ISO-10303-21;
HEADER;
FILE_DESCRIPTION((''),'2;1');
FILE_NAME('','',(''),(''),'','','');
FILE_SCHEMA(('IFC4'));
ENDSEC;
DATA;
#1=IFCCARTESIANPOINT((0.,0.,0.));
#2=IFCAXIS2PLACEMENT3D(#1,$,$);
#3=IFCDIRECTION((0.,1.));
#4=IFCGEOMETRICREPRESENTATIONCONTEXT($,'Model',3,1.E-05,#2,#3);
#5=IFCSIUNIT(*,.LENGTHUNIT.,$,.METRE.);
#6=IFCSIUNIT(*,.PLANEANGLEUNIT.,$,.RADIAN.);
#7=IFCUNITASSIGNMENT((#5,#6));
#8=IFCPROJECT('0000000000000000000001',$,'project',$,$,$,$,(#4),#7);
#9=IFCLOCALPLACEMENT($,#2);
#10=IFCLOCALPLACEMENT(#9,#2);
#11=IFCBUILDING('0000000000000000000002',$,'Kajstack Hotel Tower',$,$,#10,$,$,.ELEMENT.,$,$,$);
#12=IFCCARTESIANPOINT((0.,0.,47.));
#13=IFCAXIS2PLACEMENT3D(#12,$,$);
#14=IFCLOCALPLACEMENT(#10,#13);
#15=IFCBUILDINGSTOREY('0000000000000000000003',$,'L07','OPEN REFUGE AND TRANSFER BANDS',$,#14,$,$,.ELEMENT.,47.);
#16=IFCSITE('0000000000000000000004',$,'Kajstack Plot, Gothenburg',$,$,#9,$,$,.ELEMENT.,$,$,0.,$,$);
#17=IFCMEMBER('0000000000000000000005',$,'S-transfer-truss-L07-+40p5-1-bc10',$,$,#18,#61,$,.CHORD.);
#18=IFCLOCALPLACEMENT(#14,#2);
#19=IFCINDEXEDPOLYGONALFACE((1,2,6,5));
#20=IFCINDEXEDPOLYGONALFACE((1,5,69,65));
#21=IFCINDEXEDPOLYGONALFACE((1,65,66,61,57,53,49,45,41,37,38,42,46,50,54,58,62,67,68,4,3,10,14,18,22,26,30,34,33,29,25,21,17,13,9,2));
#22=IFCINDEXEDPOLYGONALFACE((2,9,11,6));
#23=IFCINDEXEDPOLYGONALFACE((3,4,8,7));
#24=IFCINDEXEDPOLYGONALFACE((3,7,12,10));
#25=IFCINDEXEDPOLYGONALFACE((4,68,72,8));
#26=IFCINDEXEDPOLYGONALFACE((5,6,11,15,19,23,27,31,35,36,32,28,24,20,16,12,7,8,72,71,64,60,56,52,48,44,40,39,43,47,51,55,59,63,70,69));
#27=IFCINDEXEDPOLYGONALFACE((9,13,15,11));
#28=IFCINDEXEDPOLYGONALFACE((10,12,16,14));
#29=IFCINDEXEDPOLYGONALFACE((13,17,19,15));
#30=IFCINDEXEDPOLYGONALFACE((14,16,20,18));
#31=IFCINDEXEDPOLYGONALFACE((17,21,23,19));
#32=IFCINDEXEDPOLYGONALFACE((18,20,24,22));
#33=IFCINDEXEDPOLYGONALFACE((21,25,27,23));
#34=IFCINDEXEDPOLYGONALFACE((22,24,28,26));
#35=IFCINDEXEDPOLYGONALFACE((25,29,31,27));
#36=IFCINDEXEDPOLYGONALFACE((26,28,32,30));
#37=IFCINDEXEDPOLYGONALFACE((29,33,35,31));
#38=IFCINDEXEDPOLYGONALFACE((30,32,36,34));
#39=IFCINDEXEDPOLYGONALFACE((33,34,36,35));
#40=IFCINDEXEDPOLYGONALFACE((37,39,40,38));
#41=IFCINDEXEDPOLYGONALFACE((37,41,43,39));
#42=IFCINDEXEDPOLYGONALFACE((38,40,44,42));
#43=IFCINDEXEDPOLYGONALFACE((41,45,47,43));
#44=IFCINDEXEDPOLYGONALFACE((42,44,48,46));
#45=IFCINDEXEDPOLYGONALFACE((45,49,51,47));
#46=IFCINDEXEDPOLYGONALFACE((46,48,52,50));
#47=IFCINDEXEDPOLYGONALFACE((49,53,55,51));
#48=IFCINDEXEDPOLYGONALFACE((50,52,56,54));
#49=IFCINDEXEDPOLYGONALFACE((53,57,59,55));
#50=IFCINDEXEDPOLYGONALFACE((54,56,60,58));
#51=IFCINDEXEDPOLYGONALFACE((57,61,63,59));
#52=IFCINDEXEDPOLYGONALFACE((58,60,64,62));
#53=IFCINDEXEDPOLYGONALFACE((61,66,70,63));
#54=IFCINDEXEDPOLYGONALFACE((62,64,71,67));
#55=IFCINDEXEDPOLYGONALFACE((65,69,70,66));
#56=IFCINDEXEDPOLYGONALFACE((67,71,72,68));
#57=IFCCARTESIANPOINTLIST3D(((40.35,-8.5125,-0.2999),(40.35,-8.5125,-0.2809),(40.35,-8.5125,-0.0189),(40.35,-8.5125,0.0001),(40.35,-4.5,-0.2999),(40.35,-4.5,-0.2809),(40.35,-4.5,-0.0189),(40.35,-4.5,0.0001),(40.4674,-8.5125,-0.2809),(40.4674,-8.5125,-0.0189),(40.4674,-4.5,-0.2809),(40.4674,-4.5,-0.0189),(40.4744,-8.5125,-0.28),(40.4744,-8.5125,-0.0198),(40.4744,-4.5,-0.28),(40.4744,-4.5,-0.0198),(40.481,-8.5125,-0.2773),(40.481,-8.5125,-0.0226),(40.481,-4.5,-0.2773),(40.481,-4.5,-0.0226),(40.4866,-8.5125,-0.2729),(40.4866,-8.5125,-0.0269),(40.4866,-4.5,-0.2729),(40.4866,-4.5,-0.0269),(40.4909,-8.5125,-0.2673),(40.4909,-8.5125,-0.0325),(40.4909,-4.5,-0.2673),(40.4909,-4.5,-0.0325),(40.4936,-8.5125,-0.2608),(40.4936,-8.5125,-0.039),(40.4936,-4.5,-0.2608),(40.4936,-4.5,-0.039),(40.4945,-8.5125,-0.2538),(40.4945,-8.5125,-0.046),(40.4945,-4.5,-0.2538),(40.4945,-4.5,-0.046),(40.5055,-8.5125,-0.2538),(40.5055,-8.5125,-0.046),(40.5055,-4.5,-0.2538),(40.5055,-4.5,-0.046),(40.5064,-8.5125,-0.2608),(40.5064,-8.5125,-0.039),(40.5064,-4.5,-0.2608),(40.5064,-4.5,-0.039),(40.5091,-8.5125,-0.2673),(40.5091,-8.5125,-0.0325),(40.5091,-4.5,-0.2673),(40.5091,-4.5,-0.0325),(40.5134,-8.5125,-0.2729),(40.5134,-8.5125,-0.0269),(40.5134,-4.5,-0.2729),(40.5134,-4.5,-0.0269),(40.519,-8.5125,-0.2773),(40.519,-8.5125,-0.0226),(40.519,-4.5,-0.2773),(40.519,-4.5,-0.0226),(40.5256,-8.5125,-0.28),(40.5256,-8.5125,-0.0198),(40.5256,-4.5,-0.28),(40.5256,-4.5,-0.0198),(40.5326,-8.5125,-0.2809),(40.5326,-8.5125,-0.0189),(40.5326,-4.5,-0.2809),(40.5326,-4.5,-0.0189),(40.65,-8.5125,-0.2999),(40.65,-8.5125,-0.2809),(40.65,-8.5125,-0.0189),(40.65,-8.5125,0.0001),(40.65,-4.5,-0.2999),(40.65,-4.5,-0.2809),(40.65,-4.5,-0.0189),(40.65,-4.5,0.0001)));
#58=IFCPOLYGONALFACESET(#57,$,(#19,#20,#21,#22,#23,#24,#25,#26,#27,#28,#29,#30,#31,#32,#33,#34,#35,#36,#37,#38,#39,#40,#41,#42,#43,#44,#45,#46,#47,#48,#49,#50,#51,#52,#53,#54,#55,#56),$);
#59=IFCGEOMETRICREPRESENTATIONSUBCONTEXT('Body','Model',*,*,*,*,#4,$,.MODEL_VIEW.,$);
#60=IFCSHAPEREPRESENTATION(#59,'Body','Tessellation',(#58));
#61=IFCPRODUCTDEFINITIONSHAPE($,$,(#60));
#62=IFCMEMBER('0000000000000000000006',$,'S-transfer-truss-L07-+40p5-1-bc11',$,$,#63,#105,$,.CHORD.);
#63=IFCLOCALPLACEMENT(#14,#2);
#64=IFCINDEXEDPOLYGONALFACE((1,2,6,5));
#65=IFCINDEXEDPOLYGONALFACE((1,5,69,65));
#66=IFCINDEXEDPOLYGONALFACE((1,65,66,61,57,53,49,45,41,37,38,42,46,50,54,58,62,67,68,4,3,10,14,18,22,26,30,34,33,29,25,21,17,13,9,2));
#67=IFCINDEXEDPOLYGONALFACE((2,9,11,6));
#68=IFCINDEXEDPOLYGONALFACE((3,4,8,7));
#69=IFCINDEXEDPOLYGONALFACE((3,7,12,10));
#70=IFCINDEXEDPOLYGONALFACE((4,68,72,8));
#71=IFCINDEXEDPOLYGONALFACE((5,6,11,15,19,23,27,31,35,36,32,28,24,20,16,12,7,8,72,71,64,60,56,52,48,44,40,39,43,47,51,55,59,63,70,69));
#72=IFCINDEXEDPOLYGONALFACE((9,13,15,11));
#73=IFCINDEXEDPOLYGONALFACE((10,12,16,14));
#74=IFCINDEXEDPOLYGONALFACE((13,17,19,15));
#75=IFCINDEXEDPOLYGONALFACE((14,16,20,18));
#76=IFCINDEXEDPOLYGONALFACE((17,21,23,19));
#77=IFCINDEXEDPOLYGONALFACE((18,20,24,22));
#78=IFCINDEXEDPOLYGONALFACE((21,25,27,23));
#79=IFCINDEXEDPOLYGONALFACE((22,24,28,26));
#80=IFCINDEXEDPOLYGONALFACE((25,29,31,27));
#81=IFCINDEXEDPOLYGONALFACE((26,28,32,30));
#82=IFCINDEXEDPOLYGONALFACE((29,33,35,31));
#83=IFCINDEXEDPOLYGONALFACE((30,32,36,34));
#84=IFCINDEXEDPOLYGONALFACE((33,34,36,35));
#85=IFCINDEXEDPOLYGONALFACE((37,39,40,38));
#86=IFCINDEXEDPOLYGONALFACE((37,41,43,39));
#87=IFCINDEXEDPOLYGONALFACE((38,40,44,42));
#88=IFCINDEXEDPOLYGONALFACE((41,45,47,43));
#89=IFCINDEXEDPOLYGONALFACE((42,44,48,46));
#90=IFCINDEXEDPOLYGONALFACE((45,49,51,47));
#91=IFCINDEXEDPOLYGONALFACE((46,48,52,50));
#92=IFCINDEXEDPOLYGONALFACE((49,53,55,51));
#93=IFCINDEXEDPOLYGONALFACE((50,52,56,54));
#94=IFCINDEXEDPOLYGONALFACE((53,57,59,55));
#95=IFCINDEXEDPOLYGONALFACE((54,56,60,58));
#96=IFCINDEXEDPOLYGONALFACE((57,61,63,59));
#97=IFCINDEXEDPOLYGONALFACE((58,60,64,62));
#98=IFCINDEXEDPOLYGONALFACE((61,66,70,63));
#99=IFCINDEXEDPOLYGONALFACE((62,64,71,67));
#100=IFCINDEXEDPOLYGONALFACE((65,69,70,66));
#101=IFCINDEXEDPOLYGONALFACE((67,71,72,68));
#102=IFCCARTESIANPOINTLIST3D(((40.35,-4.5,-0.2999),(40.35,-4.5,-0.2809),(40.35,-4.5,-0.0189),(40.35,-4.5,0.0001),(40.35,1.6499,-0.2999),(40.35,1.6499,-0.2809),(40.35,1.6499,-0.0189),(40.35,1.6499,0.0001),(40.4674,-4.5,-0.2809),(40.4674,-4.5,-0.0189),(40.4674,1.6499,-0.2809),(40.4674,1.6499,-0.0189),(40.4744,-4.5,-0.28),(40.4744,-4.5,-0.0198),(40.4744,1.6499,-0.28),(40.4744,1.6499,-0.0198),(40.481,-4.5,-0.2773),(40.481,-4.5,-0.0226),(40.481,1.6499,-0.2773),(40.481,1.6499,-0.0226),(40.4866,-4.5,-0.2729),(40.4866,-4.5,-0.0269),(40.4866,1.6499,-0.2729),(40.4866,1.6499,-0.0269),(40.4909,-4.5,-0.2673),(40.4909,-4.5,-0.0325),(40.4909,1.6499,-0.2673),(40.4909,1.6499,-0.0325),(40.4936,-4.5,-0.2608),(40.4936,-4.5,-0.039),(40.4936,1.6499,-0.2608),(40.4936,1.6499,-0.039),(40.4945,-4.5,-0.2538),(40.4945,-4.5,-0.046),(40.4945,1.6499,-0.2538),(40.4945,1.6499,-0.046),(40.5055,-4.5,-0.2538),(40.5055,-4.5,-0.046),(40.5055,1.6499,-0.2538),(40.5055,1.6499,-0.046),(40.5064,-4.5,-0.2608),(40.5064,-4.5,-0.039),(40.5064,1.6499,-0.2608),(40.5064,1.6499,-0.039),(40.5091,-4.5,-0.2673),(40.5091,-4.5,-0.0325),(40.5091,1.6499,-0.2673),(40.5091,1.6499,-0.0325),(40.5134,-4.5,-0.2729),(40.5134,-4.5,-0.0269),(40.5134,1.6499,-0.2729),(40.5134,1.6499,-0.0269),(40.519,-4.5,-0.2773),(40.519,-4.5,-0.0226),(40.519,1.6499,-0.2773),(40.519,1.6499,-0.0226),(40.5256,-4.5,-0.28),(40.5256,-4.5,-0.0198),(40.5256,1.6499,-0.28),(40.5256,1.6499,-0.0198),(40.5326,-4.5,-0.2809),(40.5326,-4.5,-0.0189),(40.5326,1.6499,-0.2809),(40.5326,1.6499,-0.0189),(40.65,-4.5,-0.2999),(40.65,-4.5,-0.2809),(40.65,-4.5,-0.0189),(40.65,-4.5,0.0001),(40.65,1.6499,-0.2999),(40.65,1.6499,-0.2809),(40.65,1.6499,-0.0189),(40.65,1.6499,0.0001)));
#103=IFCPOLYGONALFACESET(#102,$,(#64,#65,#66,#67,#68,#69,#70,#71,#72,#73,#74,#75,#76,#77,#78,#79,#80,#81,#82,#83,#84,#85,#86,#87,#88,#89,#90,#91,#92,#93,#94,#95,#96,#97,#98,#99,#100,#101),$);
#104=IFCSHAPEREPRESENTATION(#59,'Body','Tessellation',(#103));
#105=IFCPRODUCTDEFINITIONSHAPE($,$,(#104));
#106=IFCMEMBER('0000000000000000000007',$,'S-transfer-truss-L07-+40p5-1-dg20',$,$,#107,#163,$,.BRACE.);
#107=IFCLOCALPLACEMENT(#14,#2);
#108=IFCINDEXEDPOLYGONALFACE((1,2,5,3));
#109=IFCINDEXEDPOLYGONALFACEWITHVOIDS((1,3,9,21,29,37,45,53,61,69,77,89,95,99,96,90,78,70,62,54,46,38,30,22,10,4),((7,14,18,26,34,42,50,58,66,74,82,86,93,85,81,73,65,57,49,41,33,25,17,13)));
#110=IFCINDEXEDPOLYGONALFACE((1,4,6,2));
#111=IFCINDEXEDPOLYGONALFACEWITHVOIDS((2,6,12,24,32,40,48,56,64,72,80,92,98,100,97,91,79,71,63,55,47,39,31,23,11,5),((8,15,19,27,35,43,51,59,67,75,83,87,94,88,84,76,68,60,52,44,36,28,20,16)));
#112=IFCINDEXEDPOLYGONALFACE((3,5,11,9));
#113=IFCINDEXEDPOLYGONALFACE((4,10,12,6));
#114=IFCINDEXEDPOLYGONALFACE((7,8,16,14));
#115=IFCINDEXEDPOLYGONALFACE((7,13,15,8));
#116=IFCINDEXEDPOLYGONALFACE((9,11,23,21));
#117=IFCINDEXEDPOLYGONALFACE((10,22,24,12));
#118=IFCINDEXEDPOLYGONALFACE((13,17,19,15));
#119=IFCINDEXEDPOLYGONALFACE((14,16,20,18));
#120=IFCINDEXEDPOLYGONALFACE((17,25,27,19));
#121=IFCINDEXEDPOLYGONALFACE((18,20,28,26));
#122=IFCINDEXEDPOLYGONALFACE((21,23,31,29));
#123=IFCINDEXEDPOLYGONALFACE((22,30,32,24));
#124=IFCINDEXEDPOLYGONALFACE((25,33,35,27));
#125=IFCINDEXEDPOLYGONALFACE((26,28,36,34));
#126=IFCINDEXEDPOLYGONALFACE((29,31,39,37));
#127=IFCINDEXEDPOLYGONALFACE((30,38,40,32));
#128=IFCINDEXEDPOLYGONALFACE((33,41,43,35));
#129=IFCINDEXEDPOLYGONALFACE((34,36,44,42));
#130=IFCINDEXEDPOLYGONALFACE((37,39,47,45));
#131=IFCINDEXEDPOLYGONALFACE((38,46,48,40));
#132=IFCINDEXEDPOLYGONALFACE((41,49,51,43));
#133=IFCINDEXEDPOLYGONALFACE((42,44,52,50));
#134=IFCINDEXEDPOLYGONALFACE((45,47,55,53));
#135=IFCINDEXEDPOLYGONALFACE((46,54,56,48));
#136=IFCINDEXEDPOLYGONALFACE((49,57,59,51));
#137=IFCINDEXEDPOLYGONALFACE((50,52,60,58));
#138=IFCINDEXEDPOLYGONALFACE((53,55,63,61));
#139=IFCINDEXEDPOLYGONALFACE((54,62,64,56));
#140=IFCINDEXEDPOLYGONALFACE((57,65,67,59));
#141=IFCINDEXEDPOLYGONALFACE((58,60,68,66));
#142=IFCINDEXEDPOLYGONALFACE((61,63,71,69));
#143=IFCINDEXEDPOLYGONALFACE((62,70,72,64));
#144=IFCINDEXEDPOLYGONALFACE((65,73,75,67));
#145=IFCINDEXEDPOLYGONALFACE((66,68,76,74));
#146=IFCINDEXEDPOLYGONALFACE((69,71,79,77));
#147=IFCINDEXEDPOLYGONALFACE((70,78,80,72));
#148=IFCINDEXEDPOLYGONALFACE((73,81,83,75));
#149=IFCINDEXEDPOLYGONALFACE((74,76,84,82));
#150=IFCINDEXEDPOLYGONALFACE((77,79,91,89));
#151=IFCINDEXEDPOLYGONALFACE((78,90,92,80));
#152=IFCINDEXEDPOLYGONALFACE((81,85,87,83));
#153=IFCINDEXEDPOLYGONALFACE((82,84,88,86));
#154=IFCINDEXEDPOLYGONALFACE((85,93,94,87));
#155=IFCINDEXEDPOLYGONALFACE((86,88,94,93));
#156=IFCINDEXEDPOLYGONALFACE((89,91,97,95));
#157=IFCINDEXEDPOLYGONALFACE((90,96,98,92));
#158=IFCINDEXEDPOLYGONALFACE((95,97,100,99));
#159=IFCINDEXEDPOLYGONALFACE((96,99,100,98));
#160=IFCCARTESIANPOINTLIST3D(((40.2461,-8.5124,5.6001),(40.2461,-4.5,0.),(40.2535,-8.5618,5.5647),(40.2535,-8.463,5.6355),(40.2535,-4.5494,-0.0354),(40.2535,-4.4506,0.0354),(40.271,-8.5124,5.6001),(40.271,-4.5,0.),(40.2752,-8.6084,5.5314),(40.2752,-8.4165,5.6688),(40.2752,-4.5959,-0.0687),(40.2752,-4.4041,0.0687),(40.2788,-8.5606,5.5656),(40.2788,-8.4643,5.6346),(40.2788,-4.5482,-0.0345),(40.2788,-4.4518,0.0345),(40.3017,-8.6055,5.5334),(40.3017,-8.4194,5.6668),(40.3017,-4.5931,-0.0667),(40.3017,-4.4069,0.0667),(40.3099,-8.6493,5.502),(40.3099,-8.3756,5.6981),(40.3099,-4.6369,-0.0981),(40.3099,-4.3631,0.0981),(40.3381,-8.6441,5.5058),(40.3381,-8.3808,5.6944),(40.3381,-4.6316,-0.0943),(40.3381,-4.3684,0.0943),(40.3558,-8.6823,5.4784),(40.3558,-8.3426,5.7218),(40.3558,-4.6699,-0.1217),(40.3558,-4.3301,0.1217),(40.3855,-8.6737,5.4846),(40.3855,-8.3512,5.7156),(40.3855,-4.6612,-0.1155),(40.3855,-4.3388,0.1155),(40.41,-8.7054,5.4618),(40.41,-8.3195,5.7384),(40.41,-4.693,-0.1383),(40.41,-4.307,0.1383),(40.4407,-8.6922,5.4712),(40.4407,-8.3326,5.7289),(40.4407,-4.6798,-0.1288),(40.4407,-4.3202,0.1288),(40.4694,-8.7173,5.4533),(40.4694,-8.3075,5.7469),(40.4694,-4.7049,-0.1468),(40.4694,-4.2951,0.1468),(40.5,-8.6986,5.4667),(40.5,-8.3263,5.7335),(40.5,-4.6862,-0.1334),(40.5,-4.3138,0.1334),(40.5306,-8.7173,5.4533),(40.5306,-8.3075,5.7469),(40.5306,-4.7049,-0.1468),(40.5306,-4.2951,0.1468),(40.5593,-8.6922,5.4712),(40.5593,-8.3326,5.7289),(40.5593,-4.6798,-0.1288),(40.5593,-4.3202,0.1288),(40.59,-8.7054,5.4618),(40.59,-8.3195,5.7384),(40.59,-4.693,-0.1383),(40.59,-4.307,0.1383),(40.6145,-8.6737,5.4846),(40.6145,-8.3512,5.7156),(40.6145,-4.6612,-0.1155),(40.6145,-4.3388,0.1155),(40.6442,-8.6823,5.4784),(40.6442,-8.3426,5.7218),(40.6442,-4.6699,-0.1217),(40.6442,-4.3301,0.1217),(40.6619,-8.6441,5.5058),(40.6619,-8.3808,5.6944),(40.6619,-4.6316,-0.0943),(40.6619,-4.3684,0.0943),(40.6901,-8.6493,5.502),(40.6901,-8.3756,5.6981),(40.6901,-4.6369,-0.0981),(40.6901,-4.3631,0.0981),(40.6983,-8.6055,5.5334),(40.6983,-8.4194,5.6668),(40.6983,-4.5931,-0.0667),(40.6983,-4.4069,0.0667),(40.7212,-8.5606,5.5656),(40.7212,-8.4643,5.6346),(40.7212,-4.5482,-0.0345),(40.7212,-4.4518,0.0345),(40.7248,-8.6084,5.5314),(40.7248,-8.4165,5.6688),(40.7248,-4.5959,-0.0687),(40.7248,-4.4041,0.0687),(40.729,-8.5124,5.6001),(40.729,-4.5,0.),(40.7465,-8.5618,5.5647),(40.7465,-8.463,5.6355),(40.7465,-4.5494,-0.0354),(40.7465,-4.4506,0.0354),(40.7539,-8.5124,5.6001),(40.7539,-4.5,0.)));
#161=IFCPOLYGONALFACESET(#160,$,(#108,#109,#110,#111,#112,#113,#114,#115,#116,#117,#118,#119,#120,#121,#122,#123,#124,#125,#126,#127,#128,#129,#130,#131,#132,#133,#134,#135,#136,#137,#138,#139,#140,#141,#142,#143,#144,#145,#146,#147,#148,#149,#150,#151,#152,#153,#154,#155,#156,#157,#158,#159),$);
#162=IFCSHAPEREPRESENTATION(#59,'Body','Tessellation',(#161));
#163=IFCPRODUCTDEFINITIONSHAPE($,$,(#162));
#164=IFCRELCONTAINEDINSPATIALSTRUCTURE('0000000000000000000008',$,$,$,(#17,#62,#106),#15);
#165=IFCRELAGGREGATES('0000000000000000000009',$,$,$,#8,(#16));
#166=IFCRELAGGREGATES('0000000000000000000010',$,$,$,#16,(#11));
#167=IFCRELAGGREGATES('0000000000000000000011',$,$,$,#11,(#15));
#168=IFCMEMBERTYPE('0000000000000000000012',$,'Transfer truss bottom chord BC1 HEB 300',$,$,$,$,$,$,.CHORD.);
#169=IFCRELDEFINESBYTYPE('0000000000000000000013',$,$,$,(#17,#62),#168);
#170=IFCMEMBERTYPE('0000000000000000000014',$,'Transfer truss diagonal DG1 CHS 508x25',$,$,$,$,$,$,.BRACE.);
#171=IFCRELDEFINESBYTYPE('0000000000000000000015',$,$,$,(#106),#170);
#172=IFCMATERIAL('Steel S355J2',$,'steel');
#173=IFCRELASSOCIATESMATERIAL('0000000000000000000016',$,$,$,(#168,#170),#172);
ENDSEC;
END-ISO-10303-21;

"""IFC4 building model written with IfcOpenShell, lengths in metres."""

from ifc_helpers import new_model, si_unit, direction, frame, origin, origin_2d, place, context, subcontext, project, spatial, hollow_circle, i_section, extrude, material, material_profile, profile_set, type_object, element, save


model = new_model("IFC4")

# Units and contexts
model_context = context("Model", 3, precision=1e-05, world=origin(), true_north=direction((0.0, 1.0)))
body_context = subcontext(model_context, "Body", "Model", "MODEL_VIEW")
ifc_project = project(units=[si_unit("LENGTHUNIT", "METRE"), si_unit("PLANEANGLEUNIT", "RADIAN")], contexts=[model_context])

# Site, building, storey
site_placement = place(None, origin())
site = spatial("IfcSite", under=ifc_project, at=site_placement, Name="Kajstack Plot, Gothenburg", CompositionType="ELEMENT", RefElevation=0.0)
building_placement = place(site_placement, origin())
building = spatial("IfcBuilding", under=site, at=building_placement, Name="Kajstack Hotel Tower", CompositionType="ELEMENT")
storey_placement = place(building_placement, frame((0.0, 0.0, 47.0)))
storey = spatial("IfcBuildingStorey", under=building, at=storey_placement, Name="L07", Description="OPEN REFUGE AND TRANSFER BANDS", CompositionType="ELEMENT", Elevation=47.0)

# Members
ifc_material_1 = material(Name="Steel S355J2", Category="steel")
ifc_material_profile_1 = material_profile(ifc_material_1, i_section(OverallWidth=0.3, OverallDepth=0.3, WebThickness=0.011, FlangeThickness=0.019, FilletRadius=0.0271, at=origin_2d()), Name="HEB 300")
ifc_profile_set_1 = profile_set([ifc_material_profile_1], Name="Steel S355J2")
member_type_1 = type_object("IfcMemberType", Name="Transfer truss bottom chord BC1 HEB 300", PredefinedType="CHORD", material=ifc_profile_set_1)
member_1_placement = place(storey_placement, frame((40.5, -8.5125, -0.1499), z_axis=(0.0, 1.0, 0.0), x_axis=(-1.0, 0.0, 0.0)))
element("IfcMember", 1, at=member_1_placement, inside=storey, type_object=member_type_1, Name="S-transfer-truss-L07-+40p5-1-bc10", PredefinedType="CHORD", context=body_context, shape_type="SweptSolid", body=[
    extrude(i_section(OverallWidth=0.3, OverallDepth=0.3, WebThickness=0.011, FlangeThickness=0.019, FilletRadius=0.0271, at=origin_2d()), origin(), (0.0, 0.0, 1.0), 4.0125),
])
member_2_placement = place(storey_placement, frame((40.5, -4.5, -0.1499), z_axis=(0.0, 1.0, 0.0), x_axis=(-1.0, 0.0, 0.0)))
element("IfcMember", 2, at=member_2_placement, inside=storey, type_object=member_type_1, Name="S-transfer-truss-L07-+40p5-1-bc11", PredefinedType="CHORD", context=body_context, shape_type="SweptSolid", body=[
    extrude(i_section(OverallWidth=0.3, OverallDepth=0.3, WebThickness=0.011, FlangeThickness=0.019, FilletRadius=0.0271, at=origin_2d()), origin(), (0.0, 0.0, 1.0), 6.1499),
])
ifc_material_profile_2 = material_profile(ifc_material_1, hollow_circle(Radius=0.2539, WallThickness=0.0249, at=origin_2d()), Name="CHS 508x25")
ifc_profile_set_2 = profile_set([ifc_material_profile_2], Name="Steel S355J2")
member_type_2 = type_object("IfcMemberType", Name="Transfer truss diagonal DG1 CHS 508x25", PredefinedType="BRACE", material=ifc_profile_set_2)
member_3_placement = place(storey_placement, frame((40.5, -4.5, 0.0), z_axis=(0.0, -0.582428, 0.812883), x_axis=(1.0, 0.0, 0.0)))
element("IfcMember", 3, at=member_3_placement, inside=storey, type_object=member_type_2, Name="S-transfer-truss-L07-+40p5-1-dg20", PredefinedType="BRACE", context=body_context, shape_type="SweptSolid", body=[
    extrude(hollow_circle(Radius=0.2539, WallThickness=0.0249, at=origin_2d()), origin(), (0.0, 0.0, 1.0), 6.8892),
])

save(model, "model.ifc")
